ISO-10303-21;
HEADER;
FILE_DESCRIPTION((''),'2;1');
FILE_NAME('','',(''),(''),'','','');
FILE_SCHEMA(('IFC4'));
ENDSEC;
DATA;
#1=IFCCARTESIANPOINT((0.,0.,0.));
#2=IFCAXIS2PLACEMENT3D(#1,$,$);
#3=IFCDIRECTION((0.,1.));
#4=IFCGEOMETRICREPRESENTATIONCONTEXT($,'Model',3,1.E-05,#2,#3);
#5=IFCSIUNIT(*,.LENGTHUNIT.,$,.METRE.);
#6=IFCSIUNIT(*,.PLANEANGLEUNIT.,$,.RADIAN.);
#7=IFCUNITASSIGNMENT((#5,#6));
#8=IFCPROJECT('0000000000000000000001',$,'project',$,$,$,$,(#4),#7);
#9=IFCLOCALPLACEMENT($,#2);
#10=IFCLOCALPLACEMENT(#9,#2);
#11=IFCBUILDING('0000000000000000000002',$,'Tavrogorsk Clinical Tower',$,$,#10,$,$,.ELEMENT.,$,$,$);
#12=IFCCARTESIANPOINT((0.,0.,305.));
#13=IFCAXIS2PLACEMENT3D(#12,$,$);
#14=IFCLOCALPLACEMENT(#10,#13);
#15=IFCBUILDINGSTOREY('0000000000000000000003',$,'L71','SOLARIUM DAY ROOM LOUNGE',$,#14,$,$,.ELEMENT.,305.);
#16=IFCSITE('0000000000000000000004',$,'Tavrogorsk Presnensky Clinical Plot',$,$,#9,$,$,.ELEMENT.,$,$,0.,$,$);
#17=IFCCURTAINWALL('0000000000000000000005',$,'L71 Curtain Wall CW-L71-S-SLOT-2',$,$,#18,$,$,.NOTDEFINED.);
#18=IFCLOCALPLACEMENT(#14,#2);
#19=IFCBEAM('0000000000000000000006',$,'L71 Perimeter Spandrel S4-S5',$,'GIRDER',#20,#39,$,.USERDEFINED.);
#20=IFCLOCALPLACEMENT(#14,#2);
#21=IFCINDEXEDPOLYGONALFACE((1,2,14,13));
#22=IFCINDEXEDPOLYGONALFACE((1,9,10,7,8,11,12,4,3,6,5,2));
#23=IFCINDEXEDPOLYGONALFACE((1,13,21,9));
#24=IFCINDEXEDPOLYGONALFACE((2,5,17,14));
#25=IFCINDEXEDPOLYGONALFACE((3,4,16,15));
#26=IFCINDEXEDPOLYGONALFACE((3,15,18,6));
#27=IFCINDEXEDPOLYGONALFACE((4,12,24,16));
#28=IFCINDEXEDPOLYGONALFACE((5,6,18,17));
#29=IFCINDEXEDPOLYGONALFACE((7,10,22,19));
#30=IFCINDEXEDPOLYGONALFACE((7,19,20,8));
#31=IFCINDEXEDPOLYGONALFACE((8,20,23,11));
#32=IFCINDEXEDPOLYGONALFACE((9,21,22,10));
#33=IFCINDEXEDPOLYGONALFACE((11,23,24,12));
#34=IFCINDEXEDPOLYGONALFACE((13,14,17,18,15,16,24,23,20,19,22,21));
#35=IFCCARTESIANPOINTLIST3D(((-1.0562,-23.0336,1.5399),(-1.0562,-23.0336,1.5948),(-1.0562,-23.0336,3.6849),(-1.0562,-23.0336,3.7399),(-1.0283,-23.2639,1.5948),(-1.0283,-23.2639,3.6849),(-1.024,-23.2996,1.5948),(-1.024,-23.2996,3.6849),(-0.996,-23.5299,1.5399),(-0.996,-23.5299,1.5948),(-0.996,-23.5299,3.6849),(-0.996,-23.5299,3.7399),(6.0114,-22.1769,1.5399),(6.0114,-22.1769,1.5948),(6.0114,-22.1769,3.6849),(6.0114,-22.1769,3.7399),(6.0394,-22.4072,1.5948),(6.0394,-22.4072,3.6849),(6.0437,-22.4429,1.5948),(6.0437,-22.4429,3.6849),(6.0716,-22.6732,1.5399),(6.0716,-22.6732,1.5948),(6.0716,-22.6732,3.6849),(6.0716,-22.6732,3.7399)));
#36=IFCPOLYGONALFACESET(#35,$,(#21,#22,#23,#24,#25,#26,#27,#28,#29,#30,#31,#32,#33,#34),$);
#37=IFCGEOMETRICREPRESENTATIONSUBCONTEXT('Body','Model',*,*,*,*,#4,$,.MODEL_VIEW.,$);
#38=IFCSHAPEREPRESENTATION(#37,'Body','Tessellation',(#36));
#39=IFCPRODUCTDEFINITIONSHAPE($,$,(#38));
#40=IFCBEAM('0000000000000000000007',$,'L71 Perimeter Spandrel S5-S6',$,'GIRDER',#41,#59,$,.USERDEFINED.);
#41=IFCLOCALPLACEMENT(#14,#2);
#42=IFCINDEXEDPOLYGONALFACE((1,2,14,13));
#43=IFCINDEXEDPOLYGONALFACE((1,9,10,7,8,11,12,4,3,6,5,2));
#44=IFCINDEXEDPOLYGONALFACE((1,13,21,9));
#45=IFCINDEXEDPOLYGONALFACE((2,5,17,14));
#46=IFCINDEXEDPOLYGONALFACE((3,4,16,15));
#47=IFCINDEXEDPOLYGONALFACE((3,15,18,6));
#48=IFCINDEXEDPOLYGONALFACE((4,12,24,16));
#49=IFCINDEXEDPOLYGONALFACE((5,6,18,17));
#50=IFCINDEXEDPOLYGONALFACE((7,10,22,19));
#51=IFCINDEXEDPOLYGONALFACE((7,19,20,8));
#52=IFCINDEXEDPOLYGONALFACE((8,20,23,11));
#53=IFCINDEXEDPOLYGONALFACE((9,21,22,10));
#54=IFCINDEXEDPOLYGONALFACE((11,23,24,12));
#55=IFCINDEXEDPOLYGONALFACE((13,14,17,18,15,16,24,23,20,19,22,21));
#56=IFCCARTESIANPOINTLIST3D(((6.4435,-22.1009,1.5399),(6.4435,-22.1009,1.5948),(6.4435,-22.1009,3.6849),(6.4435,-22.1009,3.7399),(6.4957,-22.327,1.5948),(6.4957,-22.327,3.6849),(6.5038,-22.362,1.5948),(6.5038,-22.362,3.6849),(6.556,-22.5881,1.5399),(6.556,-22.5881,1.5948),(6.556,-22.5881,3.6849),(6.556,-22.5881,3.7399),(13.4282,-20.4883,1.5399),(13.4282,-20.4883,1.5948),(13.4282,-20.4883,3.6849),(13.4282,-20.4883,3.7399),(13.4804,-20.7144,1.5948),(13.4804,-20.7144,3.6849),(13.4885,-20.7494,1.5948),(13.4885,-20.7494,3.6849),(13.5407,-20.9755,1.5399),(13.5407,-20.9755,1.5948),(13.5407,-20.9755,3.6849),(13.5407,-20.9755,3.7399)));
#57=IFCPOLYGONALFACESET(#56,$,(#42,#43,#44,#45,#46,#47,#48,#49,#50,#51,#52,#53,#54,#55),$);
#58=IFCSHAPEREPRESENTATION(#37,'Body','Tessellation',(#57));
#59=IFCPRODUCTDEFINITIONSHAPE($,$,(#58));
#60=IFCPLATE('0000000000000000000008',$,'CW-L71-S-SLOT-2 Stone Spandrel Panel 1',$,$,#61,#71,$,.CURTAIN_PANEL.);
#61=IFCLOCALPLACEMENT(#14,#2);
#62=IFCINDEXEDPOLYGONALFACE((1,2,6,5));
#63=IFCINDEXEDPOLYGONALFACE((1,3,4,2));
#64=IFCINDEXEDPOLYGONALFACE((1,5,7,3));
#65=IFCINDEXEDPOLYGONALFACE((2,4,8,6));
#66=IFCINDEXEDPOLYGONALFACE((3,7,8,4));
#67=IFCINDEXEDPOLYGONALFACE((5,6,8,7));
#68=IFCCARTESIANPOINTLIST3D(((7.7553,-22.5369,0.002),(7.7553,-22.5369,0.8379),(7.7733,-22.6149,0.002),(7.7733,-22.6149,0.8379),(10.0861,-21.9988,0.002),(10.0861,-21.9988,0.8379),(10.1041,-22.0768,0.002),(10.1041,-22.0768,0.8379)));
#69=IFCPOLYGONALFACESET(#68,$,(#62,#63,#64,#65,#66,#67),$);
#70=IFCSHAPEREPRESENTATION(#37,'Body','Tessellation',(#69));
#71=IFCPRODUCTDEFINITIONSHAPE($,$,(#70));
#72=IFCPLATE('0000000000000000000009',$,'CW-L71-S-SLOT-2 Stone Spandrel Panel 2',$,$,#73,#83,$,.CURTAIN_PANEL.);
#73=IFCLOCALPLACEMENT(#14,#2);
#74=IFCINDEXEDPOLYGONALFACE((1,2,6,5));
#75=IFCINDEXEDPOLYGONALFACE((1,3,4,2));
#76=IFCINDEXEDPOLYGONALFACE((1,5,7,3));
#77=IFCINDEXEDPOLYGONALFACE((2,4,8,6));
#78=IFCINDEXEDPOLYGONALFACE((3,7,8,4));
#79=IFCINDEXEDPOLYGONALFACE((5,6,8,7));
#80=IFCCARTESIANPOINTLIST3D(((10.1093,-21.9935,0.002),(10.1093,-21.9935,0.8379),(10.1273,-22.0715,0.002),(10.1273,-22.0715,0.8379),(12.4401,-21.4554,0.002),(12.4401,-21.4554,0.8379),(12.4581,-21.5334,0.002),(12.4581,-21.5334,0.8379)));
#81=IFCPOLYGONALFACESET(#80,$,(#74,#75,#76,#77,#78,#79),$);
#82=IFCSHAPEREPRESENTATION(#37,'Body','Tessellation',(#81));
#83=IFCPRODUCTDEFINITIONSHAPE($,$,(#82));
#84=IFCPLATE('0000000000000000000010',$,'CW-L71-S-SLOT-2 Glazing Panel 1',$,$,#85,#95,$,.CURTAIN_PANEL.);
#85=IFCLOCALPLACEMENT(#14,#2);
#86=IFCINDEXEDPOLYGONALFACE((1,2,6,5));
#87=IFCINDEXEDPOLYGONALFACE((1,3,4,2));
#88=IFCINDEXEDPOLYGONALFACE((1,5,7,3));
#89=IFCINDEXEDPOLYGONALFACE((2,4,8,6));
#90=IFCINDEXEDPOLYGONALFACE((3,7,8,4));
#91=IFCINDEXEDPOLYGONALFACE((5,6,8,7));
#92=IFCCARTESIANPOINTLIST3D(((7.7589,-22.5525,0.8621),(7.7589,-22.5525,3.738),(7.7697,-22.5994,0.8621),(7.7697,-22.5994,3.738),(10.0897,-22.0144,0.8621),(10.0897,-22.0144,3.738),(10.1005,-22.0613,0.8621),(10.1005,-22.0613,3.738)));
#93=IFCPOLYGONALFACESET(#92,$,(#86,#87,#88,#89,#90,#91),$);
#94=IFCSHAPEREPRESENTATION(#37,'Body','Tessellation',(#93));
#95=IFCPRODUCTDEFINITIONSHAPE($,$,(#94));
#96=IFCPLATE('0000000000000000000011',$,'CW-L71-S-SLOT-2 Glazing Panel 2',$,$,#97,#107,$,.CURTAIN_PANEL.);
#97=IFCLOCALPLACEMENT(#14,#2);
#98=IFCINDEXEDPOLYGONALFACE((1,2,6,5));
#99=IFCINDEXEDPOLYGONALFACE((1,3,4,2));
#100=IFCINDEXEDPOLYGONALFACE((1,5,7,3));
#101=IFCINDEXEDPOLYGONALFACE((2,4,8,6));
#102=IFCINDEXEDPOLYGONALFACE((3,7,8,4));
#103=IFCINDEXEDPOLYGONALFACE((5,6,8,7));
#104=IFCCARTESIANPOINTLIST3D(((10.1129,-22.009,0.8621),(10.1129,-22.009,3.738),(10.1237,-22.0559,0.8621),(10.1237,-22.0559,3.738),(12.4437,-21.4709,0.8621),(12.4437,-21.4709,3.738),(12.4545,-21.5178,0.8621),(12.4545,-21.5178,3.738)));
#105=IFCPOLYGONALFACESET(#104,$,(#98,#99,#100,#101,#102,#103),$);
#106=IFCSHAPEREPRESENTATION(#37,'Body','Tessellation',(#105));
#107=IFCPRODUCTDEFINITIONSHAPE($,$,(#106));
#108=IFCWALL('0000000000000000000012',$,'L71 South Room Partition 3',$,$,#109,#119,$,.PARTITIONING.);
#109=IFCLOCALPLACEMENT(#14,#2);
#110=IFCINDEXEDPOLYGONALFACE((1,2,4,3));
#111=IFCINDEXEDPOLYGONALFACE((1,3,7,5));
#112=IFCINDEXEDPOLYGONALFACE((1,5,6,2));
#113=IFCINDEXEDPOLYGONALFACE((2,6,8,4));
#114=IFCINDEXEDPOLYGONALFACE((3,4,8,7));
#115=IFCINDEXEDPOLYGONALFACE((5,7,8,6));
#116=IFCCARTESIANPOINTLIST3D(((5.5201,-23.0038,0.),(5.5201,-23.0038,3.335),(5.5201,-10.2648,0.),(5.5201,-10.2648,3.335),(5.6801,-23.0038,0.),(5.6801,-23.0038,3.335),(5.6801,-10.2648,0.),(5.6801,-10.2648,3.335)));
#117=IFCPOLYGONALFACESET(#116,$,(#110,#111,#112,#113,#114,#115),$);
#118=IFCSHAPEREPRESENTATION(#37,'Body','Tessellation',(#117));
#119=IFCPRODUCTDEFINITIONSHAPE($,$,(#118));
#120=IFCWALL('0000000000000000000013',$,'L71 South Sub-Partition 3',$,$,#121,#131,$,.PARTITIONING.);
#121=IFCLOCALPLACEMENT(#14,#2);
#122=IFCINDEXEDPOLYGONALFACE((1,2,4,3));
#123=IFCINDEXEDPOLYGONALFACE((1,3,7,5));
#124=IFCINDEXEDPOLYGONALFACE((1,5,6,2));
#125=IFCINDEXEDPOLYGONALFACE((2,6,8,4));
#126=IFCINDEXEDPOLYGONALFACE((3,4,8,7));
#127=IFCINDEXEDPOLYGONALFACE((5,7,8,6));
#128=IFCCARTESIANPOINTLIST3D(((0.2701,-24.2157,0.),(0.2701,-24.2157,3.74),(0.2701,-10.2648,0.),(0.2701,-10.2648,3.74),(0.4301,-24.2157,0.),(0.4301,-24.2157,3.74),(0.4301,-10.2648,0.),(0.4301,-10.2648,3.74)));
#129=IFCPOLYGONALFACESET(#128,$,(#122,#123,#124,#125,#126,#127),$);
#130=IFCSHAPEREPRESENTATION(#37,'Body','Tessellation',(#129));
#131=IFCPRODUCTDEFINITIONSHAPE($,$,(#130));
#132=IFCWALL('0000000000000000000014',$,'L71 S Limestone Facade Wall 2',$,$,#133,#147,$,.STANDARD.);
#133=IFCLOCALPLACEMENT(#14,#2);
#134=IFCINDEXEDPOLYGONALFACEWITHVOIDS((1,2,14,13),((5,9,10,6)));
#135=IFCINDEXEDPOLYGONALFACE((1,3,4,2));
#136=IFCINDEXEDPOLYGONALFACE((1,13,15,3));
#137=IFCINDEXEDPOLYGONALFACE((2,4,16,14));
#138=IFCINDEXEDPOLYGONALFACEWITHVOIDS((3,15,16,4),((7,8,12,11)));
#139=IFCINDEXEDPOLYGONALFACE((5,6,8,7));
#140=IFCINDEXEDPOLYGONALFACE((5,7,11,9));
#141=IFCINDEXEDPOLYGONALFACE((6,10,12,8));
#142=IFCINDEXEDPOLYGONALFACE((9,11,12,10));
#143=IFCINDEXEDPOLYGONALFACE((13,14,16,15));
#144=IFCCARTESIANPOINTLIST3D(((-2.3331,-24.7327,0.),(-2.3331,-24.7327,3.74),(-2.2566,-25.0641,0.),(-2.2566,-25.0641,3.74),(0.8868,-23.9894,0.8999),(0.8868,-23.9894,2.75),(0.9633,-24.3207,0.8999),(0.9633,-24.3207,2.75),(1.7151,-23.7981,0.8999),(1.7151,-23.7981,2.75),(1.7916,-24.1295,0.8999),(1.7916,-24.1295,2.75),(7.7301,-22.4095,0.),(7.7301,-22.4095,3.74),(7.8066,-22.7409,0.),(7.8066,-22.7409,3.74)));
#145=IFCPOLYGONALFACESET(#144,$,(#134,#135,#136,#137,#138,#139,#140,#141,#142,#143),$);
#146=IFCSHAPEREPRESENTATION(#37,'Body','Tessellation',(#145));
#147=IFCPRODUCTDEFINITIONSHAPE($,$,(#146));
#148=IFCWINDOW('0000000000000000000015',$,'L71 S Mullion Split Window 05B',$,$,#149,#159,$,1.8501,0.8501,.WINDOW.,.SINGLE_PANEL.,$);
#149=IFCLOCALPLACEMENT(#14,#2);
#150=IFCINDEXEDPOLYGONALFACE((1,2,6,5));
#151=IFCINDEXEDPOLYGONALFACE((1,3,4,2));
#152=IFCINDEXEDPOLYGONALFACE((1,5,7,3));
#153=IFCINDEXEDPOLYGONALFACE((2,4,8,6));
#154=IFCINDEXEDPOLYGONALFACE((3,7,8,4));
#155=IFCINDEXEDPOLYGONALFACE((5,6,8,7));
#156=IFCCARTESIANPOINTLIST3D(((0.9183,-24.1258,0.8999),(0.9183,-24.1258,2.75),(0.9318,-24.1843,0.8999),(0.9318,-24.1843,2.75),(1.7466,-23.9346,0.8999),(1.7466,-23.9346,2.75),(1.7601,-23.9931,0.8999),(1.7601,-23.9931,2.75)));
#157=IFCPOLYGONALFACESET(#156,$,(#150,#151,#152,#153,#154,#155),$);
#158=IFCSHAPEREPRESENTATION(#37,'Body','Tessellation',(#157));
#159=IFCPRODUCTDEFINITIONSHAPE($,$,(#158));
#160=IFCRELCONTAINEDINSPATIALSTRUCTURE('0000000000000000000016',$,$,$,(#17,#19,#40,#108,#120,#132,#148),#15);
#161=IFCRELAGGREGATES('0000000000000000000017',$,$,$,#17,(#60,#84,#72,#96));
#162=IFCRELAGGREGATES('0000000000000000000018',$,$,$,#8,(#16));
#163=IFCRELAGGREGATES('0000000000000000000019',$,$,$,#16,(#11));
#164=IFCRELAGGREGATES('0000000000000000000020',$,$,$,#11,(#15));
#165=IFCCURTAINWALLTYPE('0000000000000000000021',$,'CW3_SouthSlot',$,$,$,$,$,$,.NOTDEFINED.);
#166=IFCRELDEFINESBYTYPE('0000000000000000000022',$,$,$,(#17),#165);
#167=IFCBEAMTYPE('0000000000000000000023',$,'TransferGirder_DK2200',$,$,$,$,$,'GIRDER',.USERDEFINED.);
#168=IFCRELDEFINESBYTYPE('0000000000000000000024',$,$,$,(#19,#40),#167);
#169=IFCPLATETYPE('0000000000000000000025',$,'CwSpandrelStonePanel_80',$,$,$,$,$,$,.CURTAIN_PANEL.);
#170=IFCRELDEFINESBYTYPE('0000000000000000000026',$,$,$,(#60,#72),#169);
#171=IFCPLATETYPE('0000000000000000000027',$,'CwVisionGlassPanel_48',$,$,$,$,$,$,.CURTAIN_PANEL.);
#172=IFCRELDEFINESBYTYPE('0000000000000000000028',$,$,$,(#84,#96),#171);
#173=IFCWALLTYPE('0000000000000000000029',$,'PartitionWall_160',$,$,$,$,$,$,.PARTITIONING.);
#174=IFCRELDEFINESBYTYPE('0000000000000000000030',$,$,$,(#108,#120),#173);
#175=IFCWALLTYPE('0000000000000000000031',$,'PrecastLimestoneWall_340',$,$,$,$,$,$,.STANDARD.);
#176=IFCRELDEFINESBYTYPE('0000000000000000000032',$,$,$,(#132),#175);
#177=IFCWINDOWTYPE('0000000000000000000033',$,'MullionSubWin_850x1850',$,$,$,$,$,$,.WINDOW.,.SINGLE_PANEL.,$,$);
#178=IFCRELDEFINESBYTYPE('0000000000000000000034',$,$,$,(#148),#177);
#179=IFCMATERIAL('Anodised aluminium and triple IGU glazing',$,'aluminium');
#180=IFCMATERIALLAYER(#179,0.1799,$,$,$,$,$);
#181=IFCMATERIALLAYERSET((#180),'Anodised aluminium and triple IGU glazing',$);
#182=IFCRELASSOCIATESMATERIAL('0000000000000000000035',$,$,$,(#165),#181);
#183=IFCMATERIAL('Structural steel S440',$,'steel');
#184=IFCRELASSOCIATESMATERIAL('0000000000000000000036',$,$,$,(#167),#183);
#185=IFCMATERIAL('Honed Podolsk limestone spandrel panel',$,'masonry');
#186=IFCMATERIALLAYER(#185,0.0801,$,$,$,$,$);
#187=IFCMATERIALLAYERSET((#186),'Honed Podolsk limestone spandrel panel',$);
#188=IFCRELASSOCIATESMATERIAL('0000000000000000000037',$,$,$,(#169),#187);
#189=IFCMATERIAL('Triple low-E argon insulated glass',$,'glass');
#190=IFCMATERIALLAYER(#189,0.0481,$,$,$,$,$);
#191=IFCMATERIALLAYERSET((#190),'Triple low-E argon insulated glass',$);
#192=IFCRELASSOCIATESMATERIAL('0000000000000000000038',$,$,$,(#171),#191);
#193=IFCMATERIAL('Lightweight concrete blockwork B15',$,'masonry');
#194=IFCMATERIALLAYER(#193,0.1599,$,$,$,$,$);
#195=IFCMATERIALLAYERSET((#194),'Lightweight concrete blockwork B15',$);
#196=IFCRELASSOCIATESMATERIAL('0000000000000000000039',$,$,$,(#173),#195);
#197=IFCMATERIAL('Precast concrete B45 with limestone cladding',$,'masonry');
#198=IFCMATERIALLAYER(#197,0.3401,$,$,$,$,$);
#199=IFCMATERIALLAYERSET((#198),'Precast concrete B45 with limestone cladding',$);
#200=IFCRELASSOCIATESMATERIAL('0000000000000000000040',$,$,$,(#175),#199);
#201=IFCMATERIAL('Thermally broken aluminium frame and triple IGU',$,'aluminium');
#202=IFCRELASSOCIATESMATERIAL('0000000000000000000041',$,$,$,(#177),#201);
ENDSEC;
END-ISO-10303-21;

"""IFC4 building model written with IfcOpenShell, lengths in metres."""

from ifc_helpers import new_model, si_unit, direction, frame, frame_2d, origin, origin_2d, place, context, subcontext, project, spatial, rectangle, i_section, extrude, material, layer, layer_set, material_profile, profile_set, type_object, element, fill, aggregate, save


model = new_model("IFC4")

# Units and contexts
model_context = context("Model", 3, precision=1e-05, world=origin(), true_north=direction((0.0, 1.0)))
body_context = subcontext(model_context, "Body", "Model", "MODEL_VIEW")
ifc_project = project(units=[si_unit("LENGTHUNIT", "METRE"), si_unit("PLANEANGLEUNIT", "RADIAN")], contexts=[model_context])

# Site, building, storey
site_placement = place(None, origin())
site = spatial("IfcSite", under=ifc_project, at=site_placement, Name="Tavrogorsk Presnensky Clinical Plot", CompositionType="ELEMENT", RefElevation=0.0)
building_placement = place(site_placement, origin())
building = spatial("IfcBuilding", under=site, at=building_placement, Name="Tavrogorsk Clinical Tower", CompositionType="ELEMENT")
storey_placement = place(building_placement, frame((0.0, 0.0, 305.0)))
storey = spatial("IfcBuildingStorey", under=building, at=storey_placement, Name="L71", Description="SOLARIUM DAY ROOM LOUNGE", CompositionType="ELEMENT", Elevation=305.0)

# Curtain wall
ifc_material_1 = material(Name="Anodised aluminium and triple IGU glazing", Category="aluminium")
ifc_layer_1 = layer(ifc_material_1, 0.1799)
ifc_layer_set_1 = layer_set([ifc_layer_1], Name="Anodised aluminium and triple IGU glazing")
curtain_wall_type = type_object("IfcCurtainWallType", Name="CW3_SouthSlot", PredefinedType="NOTDEFINED", material=ifc_layer_set_1)
curtain_wall_placement = place(storey_placement, origin())
curtain_wall = element("IfcCurtainWall", 1, at=curtain_wall_placement, inside=storey, type_object=curtain_wall_type, Name="L71 Curtain Wall CW-L71-S-SLOT-2", PredefinedType="NOTDEFINED")

# Beams
ifc_material_2 = material(Name="Structural steel S440", Category="steel")
ifc_material_profile_1 = material_profile(ifc_material_2, i_section(OverallWidth=0.5, OverallDepth=2.2, WebThickness=0.0359, FlangeThickness=0.0549, at=origin_2d()), Name="DK-2200x500x36x55")
ifc_profile_set_1 = profile_set([ifc_material_profile_1], Name="Structural steel S440")
beam_type = type_object("IfcBeamType", Name="TransferGirder_DK2200", ElementType="GIRDER", PredefinedType="USERDEFINED", material=ifc_profile_set_1)
beam_1_placement = place(storey_placement, frame((-1.0261, -23.2817, 2.6399), z_axis=(0.992734, 0.120332, 0.0), x_axis=(-0.120332, 0.992734, 0.0)))
element("IfcBeam", 2, at=beam_1_placement, inside=storey, type_object=beam_type, Name="L71 Perimeter Spandrel S4-S5", ObjectType="GIRDER", PredefinedType="USERDEFINED", context=body_context, shape_type="SweptSolid", body=[
    extrude(i_section(OverallWidth=0.5, OverallDepth=2.2, WebThickness=0.0359, FlangeThickness=0.0549, at=origin_2d()), origin(), (0.0, 0.0, 1.0), 7.1194),
])
beam_2_placement = place(storey_placement, frame((6.4998, -22.3445, 2.6399), z_axis=(0.974369, 0.224954, 0.0), x_axis=(-0.224954, 0.974369, 0.0)))
element("IfcBeam", 3, at=beam_2_placement, inside=storey, type_object=beam_type, Name="L71 Perimeter Spandrel S5-S6", ObjectType="GIRDER", PredefinedType="USERDEFINED", context=body_context, shape_type="SweptSolid", body=[
    extrude(i_section(OverallWidth=0.5, OverallDepth=2.2, WebThickness=0.0359, FlangeThickness=0.0549, at=origin_2d()), origin(), (0.0, 0.0, 1.0), 7.1685),
])

# Plates
ifc_material_3 = material(Name="Honed Podolsk limestone spandrel panel", Category="masonry")
ifc_layer_2 = layer(ifc_material_3, 0.0801)
ifc_layer_set_2 = layer_set([ifc_layer_2], Name="Honed Podolsk limestone spandrel panel")
plate_type_1 = type_object("IfcPlateType", Name="CwSpandrelStonePanel_80", PredefinedType="CURTAIN_PANEL", material=ifc_layer_set_2)
plate_1_placement = place(storey_placement, frame((8.9297, -22.3069, 0.002), z_axis=(0.0, 0.0, 1.0), x_axis=(0.97437, 0.224951, 0.0)))
plate_1 = element("IfcPlate", 4, at=plate_1_placement, type_object=plate_type_1, Name="CW-L71-S-SLOT-2 Stone Spandrel Panel 1", PredefinedType="CURTAIN_PANEL", context=body_context, shape_type="SweptSolid", body=[
    extrude(rectangle(XDim=2.3921, YDim=0.0801, at=origin_2d()), origin(), (0.0, 0.0, 1.0), 0.8359),
])
plate_2_placement = place(storey_placement, frame((11.2837, -21.7634, 0.002), z_axis=(0.0, 0.0, 1.0), x_axis=(0.97437, 0.224951, 0.0)))
plate_2 = element("IfcPlate", 5, at=plate_2_placement, type_object=plate_type_1, Name="CW-L71-S-SLOT-2 Stone Spandrel Panel 2", PredefinedType="CURTAIN_PANEL", context=body_context, shape_type="SweptSolid", body=[
    extrude(rectangle(XDim=2.3921, YDim=0.0801, at=origin_2d()), origin(), (0.0, 0.0, 1.0), 0.8359),
])
ifc_material_4 = material(Name="Triple low-E argon insulated glass", Category="glass")
ifc_layer_3 = layer(ifc_material_4, 0.0481)
ifc_layer_set_3 = layer_set([ifc_layer_3], Name="Triple low-E argon insulated glass")
plate_type_2 = type_object("IfcPlateType", Name="CwVisionGlassPanel_48", PredefinedType="CURTAIN_PANEL", material=ifc_layer_set_3)
plate_3_placement = place(storey_placement, frame((8.9297, -22.3069, 0.8621), z_axis=(0.0, 0.0, 1.0), x_axis=(0.97437, 0.224951, 0.0)))
plate_3 = element("IfcPlate", 6, at=plate_3_placement, type_object=plate_type_2, Name="CW-L71-S-SLOT-2 Glazing Panel 1", PredefinedType="CURTAIN_PANEL", context=body_context, shape_type="SweptSolid", body=[
    extrude(rectangle(XDim=2.3921, YDim=0.0481, at=origin_2d()), origin(), (0.0, 0.0, 1.0), 2.876),
])
plate_4_placement = place(storey_placement, frame((11.2837, -21.7634, 0.8621), z_axis=(0.0, 0.0, 1.0), x_axis=(0.97437, 0.224951, 0.0)))
plate_4 = element("IfcPlate", 7, at=plate_4_placement, type_object=plate_type_2, Name="CW-L71-S-SLOT-2 Glazing Panel 2", PredefinedType="CURTAIN_PANEL", context=body_context, shape_type="SweptSolid", body=[
    extrude(rectangle(XDim=2.3921, YDim=0.0481, at=origin_2d()), origin(), (0.0, 0.0, 1.0), 2.876),
])
aggregate(curtain_wall, [plate_1, plate_3, plate_2, plate_4])

# Walls
ifc_material_5 = material(Name="Lightweight concrete blockwork B15", Category="masonry")
ifc_layer_4 = layer(ifc_material_5, 0.1599)
ifc_layer_set_4 = layer_set([ifc_layer_4], Name="Lightweight concrete blockwork B15")
wall_type_1 = type_object("IfcWallType", Name="PartitionWall_160", PredefinedType="PARTITIONING", material=ifc_layer_set_4)
wall_1_placement = place(storey_placement, frame((5.6001, -23.0039, 0.0), z_axis=(0.0, 0.0, 1.0), x_axis=(0.0, 1.0, 0.0)))
element("IfcWall", 8, at=wall_1_placement, inside=storey, type_object=wall_type_1, Name="L71 South Room Partition 3", PredefinedType="PARTITIONING", context=body_context, shape_type="SweptSolid", body=[
    extrude(rectangle(XDim=12.739, YDim=0.1599, at=frame_2d((6.3696, 0.0))), origin(), (0.0, 0.0, 1.0), 3.335),
])
wall_2_placement = place(storey_placement, frame((0.3501, -24.2158, 0.0), z_axis=(0.0, 0.0, 1.0), x_axis=(0.0, 1.0, 0.0)))
element("IfcWall", 9, at=wall_2_placement, inside=storey, type_object=wall_type_1, Name="L71 South Sub-Partition 3", PredefinedType="PARTITIONING", context=body_context, shape_type="SweptSolid", body=[
    extrude(rectangle(XDim=13.9509, YDim=0.1599, at=frame_2d((6.9756, 0.0))), origin(), (0.0, 0.0, 1.0), 3.74),
])

# Wall, opening, window
ifc_material_6 = material(Name="Precast concrete B45 with limestone cladding", Category="masonry")
ifc_layer_5 = layer(ifc_material_6, 0.3401)
ifc_layer_set_5 = layer_set([ifc_layer_5], Name="Precast concrete B45 with limestone cladding")
wall_type_2 = type_object("IfcWallType", Name="PrecastLimestoneWall_340", PredefinedType="STANDARD", material=ifc_layer_set_5)
wall_3_placement = place(storey_placement, frame((-2.2949, -24.8984, 0.0), z_axis=(0.0, 0.0, 1.0), x_axis=(0.974371, 0.224948, 0.0)))
wall_3 = element("IfcWall", 10, at=wall_3_placement, inside=storey, type_object=wall_type_2, Name="L71 S Limestone Facade Wall 2", PredefinedType="STANDARD", context=body_context, shape_type="SweptSolid", body=[
    extrude(rectangle(XDim=10.3279, YDim=0.3401, at=frame_2d((5.1641, 0.0))), origin(), (0.0, 0.0, 1.0), 3.74),
])
opening_1_placement = place(wall_3_placement, frame((3.3047, 0.0, 0.8999)))
opening_1 = element("IfcOpeningElement", 11, at=opening_1_placement, cuts=wall_3, PredefinedType="OPENING", context=body_context, shape_type="SweptSolid", body=[
    extrude(rectangle(XDim=0.8501, YDim=1.8501, at=frame_2d((0.425, 0.925))), frame((0.0, 0.1799, 0.0), z_axis=(0.0, -1.0, 0.0), x_axis=(1.0, 0.0, 0.0)), (0.0, 0.0, 1.0), 0.3601),
])
ifc_material_7 = material(Name="Thermally broken aluminium frame and triple IGU", Category="aluminium")
window_type_1 = type_object("IfcWindowType", Name="MullionSubWin_850x1850", PartitioningType="SINGLE_PANEL", PredefinedType="WINDOW", material=ifc_material_7)
window_1_placement = place(opening_1_placement, origin())
window_1 = element("IfcWindow", 12, at=window_1_placement, inside=storey, type_object=window_type_1, Name="L71 S Mullion Split Window 05B", OverallHeight=1.8501, OverallWidth=0.8501, PartitioningType="SINGLE_PANEL", PredefinedType="WINDOW", context=body_context, shape_type="SweptSolid", body=[
    extrude(rectangle(XDim=0.8501, YDim=1.8501, at=frame_2d((0.425, 0.925))), frame((0.0, 0.03, 0.0), z_axis=(0.0, -1.0, 0.0), x_axis=(1.0, 0.0, 0.0)), (0.0, 0.0, 1.0), 0.0601),
])
fill(opening_1, window_1)

save(model, "model.ifc")
